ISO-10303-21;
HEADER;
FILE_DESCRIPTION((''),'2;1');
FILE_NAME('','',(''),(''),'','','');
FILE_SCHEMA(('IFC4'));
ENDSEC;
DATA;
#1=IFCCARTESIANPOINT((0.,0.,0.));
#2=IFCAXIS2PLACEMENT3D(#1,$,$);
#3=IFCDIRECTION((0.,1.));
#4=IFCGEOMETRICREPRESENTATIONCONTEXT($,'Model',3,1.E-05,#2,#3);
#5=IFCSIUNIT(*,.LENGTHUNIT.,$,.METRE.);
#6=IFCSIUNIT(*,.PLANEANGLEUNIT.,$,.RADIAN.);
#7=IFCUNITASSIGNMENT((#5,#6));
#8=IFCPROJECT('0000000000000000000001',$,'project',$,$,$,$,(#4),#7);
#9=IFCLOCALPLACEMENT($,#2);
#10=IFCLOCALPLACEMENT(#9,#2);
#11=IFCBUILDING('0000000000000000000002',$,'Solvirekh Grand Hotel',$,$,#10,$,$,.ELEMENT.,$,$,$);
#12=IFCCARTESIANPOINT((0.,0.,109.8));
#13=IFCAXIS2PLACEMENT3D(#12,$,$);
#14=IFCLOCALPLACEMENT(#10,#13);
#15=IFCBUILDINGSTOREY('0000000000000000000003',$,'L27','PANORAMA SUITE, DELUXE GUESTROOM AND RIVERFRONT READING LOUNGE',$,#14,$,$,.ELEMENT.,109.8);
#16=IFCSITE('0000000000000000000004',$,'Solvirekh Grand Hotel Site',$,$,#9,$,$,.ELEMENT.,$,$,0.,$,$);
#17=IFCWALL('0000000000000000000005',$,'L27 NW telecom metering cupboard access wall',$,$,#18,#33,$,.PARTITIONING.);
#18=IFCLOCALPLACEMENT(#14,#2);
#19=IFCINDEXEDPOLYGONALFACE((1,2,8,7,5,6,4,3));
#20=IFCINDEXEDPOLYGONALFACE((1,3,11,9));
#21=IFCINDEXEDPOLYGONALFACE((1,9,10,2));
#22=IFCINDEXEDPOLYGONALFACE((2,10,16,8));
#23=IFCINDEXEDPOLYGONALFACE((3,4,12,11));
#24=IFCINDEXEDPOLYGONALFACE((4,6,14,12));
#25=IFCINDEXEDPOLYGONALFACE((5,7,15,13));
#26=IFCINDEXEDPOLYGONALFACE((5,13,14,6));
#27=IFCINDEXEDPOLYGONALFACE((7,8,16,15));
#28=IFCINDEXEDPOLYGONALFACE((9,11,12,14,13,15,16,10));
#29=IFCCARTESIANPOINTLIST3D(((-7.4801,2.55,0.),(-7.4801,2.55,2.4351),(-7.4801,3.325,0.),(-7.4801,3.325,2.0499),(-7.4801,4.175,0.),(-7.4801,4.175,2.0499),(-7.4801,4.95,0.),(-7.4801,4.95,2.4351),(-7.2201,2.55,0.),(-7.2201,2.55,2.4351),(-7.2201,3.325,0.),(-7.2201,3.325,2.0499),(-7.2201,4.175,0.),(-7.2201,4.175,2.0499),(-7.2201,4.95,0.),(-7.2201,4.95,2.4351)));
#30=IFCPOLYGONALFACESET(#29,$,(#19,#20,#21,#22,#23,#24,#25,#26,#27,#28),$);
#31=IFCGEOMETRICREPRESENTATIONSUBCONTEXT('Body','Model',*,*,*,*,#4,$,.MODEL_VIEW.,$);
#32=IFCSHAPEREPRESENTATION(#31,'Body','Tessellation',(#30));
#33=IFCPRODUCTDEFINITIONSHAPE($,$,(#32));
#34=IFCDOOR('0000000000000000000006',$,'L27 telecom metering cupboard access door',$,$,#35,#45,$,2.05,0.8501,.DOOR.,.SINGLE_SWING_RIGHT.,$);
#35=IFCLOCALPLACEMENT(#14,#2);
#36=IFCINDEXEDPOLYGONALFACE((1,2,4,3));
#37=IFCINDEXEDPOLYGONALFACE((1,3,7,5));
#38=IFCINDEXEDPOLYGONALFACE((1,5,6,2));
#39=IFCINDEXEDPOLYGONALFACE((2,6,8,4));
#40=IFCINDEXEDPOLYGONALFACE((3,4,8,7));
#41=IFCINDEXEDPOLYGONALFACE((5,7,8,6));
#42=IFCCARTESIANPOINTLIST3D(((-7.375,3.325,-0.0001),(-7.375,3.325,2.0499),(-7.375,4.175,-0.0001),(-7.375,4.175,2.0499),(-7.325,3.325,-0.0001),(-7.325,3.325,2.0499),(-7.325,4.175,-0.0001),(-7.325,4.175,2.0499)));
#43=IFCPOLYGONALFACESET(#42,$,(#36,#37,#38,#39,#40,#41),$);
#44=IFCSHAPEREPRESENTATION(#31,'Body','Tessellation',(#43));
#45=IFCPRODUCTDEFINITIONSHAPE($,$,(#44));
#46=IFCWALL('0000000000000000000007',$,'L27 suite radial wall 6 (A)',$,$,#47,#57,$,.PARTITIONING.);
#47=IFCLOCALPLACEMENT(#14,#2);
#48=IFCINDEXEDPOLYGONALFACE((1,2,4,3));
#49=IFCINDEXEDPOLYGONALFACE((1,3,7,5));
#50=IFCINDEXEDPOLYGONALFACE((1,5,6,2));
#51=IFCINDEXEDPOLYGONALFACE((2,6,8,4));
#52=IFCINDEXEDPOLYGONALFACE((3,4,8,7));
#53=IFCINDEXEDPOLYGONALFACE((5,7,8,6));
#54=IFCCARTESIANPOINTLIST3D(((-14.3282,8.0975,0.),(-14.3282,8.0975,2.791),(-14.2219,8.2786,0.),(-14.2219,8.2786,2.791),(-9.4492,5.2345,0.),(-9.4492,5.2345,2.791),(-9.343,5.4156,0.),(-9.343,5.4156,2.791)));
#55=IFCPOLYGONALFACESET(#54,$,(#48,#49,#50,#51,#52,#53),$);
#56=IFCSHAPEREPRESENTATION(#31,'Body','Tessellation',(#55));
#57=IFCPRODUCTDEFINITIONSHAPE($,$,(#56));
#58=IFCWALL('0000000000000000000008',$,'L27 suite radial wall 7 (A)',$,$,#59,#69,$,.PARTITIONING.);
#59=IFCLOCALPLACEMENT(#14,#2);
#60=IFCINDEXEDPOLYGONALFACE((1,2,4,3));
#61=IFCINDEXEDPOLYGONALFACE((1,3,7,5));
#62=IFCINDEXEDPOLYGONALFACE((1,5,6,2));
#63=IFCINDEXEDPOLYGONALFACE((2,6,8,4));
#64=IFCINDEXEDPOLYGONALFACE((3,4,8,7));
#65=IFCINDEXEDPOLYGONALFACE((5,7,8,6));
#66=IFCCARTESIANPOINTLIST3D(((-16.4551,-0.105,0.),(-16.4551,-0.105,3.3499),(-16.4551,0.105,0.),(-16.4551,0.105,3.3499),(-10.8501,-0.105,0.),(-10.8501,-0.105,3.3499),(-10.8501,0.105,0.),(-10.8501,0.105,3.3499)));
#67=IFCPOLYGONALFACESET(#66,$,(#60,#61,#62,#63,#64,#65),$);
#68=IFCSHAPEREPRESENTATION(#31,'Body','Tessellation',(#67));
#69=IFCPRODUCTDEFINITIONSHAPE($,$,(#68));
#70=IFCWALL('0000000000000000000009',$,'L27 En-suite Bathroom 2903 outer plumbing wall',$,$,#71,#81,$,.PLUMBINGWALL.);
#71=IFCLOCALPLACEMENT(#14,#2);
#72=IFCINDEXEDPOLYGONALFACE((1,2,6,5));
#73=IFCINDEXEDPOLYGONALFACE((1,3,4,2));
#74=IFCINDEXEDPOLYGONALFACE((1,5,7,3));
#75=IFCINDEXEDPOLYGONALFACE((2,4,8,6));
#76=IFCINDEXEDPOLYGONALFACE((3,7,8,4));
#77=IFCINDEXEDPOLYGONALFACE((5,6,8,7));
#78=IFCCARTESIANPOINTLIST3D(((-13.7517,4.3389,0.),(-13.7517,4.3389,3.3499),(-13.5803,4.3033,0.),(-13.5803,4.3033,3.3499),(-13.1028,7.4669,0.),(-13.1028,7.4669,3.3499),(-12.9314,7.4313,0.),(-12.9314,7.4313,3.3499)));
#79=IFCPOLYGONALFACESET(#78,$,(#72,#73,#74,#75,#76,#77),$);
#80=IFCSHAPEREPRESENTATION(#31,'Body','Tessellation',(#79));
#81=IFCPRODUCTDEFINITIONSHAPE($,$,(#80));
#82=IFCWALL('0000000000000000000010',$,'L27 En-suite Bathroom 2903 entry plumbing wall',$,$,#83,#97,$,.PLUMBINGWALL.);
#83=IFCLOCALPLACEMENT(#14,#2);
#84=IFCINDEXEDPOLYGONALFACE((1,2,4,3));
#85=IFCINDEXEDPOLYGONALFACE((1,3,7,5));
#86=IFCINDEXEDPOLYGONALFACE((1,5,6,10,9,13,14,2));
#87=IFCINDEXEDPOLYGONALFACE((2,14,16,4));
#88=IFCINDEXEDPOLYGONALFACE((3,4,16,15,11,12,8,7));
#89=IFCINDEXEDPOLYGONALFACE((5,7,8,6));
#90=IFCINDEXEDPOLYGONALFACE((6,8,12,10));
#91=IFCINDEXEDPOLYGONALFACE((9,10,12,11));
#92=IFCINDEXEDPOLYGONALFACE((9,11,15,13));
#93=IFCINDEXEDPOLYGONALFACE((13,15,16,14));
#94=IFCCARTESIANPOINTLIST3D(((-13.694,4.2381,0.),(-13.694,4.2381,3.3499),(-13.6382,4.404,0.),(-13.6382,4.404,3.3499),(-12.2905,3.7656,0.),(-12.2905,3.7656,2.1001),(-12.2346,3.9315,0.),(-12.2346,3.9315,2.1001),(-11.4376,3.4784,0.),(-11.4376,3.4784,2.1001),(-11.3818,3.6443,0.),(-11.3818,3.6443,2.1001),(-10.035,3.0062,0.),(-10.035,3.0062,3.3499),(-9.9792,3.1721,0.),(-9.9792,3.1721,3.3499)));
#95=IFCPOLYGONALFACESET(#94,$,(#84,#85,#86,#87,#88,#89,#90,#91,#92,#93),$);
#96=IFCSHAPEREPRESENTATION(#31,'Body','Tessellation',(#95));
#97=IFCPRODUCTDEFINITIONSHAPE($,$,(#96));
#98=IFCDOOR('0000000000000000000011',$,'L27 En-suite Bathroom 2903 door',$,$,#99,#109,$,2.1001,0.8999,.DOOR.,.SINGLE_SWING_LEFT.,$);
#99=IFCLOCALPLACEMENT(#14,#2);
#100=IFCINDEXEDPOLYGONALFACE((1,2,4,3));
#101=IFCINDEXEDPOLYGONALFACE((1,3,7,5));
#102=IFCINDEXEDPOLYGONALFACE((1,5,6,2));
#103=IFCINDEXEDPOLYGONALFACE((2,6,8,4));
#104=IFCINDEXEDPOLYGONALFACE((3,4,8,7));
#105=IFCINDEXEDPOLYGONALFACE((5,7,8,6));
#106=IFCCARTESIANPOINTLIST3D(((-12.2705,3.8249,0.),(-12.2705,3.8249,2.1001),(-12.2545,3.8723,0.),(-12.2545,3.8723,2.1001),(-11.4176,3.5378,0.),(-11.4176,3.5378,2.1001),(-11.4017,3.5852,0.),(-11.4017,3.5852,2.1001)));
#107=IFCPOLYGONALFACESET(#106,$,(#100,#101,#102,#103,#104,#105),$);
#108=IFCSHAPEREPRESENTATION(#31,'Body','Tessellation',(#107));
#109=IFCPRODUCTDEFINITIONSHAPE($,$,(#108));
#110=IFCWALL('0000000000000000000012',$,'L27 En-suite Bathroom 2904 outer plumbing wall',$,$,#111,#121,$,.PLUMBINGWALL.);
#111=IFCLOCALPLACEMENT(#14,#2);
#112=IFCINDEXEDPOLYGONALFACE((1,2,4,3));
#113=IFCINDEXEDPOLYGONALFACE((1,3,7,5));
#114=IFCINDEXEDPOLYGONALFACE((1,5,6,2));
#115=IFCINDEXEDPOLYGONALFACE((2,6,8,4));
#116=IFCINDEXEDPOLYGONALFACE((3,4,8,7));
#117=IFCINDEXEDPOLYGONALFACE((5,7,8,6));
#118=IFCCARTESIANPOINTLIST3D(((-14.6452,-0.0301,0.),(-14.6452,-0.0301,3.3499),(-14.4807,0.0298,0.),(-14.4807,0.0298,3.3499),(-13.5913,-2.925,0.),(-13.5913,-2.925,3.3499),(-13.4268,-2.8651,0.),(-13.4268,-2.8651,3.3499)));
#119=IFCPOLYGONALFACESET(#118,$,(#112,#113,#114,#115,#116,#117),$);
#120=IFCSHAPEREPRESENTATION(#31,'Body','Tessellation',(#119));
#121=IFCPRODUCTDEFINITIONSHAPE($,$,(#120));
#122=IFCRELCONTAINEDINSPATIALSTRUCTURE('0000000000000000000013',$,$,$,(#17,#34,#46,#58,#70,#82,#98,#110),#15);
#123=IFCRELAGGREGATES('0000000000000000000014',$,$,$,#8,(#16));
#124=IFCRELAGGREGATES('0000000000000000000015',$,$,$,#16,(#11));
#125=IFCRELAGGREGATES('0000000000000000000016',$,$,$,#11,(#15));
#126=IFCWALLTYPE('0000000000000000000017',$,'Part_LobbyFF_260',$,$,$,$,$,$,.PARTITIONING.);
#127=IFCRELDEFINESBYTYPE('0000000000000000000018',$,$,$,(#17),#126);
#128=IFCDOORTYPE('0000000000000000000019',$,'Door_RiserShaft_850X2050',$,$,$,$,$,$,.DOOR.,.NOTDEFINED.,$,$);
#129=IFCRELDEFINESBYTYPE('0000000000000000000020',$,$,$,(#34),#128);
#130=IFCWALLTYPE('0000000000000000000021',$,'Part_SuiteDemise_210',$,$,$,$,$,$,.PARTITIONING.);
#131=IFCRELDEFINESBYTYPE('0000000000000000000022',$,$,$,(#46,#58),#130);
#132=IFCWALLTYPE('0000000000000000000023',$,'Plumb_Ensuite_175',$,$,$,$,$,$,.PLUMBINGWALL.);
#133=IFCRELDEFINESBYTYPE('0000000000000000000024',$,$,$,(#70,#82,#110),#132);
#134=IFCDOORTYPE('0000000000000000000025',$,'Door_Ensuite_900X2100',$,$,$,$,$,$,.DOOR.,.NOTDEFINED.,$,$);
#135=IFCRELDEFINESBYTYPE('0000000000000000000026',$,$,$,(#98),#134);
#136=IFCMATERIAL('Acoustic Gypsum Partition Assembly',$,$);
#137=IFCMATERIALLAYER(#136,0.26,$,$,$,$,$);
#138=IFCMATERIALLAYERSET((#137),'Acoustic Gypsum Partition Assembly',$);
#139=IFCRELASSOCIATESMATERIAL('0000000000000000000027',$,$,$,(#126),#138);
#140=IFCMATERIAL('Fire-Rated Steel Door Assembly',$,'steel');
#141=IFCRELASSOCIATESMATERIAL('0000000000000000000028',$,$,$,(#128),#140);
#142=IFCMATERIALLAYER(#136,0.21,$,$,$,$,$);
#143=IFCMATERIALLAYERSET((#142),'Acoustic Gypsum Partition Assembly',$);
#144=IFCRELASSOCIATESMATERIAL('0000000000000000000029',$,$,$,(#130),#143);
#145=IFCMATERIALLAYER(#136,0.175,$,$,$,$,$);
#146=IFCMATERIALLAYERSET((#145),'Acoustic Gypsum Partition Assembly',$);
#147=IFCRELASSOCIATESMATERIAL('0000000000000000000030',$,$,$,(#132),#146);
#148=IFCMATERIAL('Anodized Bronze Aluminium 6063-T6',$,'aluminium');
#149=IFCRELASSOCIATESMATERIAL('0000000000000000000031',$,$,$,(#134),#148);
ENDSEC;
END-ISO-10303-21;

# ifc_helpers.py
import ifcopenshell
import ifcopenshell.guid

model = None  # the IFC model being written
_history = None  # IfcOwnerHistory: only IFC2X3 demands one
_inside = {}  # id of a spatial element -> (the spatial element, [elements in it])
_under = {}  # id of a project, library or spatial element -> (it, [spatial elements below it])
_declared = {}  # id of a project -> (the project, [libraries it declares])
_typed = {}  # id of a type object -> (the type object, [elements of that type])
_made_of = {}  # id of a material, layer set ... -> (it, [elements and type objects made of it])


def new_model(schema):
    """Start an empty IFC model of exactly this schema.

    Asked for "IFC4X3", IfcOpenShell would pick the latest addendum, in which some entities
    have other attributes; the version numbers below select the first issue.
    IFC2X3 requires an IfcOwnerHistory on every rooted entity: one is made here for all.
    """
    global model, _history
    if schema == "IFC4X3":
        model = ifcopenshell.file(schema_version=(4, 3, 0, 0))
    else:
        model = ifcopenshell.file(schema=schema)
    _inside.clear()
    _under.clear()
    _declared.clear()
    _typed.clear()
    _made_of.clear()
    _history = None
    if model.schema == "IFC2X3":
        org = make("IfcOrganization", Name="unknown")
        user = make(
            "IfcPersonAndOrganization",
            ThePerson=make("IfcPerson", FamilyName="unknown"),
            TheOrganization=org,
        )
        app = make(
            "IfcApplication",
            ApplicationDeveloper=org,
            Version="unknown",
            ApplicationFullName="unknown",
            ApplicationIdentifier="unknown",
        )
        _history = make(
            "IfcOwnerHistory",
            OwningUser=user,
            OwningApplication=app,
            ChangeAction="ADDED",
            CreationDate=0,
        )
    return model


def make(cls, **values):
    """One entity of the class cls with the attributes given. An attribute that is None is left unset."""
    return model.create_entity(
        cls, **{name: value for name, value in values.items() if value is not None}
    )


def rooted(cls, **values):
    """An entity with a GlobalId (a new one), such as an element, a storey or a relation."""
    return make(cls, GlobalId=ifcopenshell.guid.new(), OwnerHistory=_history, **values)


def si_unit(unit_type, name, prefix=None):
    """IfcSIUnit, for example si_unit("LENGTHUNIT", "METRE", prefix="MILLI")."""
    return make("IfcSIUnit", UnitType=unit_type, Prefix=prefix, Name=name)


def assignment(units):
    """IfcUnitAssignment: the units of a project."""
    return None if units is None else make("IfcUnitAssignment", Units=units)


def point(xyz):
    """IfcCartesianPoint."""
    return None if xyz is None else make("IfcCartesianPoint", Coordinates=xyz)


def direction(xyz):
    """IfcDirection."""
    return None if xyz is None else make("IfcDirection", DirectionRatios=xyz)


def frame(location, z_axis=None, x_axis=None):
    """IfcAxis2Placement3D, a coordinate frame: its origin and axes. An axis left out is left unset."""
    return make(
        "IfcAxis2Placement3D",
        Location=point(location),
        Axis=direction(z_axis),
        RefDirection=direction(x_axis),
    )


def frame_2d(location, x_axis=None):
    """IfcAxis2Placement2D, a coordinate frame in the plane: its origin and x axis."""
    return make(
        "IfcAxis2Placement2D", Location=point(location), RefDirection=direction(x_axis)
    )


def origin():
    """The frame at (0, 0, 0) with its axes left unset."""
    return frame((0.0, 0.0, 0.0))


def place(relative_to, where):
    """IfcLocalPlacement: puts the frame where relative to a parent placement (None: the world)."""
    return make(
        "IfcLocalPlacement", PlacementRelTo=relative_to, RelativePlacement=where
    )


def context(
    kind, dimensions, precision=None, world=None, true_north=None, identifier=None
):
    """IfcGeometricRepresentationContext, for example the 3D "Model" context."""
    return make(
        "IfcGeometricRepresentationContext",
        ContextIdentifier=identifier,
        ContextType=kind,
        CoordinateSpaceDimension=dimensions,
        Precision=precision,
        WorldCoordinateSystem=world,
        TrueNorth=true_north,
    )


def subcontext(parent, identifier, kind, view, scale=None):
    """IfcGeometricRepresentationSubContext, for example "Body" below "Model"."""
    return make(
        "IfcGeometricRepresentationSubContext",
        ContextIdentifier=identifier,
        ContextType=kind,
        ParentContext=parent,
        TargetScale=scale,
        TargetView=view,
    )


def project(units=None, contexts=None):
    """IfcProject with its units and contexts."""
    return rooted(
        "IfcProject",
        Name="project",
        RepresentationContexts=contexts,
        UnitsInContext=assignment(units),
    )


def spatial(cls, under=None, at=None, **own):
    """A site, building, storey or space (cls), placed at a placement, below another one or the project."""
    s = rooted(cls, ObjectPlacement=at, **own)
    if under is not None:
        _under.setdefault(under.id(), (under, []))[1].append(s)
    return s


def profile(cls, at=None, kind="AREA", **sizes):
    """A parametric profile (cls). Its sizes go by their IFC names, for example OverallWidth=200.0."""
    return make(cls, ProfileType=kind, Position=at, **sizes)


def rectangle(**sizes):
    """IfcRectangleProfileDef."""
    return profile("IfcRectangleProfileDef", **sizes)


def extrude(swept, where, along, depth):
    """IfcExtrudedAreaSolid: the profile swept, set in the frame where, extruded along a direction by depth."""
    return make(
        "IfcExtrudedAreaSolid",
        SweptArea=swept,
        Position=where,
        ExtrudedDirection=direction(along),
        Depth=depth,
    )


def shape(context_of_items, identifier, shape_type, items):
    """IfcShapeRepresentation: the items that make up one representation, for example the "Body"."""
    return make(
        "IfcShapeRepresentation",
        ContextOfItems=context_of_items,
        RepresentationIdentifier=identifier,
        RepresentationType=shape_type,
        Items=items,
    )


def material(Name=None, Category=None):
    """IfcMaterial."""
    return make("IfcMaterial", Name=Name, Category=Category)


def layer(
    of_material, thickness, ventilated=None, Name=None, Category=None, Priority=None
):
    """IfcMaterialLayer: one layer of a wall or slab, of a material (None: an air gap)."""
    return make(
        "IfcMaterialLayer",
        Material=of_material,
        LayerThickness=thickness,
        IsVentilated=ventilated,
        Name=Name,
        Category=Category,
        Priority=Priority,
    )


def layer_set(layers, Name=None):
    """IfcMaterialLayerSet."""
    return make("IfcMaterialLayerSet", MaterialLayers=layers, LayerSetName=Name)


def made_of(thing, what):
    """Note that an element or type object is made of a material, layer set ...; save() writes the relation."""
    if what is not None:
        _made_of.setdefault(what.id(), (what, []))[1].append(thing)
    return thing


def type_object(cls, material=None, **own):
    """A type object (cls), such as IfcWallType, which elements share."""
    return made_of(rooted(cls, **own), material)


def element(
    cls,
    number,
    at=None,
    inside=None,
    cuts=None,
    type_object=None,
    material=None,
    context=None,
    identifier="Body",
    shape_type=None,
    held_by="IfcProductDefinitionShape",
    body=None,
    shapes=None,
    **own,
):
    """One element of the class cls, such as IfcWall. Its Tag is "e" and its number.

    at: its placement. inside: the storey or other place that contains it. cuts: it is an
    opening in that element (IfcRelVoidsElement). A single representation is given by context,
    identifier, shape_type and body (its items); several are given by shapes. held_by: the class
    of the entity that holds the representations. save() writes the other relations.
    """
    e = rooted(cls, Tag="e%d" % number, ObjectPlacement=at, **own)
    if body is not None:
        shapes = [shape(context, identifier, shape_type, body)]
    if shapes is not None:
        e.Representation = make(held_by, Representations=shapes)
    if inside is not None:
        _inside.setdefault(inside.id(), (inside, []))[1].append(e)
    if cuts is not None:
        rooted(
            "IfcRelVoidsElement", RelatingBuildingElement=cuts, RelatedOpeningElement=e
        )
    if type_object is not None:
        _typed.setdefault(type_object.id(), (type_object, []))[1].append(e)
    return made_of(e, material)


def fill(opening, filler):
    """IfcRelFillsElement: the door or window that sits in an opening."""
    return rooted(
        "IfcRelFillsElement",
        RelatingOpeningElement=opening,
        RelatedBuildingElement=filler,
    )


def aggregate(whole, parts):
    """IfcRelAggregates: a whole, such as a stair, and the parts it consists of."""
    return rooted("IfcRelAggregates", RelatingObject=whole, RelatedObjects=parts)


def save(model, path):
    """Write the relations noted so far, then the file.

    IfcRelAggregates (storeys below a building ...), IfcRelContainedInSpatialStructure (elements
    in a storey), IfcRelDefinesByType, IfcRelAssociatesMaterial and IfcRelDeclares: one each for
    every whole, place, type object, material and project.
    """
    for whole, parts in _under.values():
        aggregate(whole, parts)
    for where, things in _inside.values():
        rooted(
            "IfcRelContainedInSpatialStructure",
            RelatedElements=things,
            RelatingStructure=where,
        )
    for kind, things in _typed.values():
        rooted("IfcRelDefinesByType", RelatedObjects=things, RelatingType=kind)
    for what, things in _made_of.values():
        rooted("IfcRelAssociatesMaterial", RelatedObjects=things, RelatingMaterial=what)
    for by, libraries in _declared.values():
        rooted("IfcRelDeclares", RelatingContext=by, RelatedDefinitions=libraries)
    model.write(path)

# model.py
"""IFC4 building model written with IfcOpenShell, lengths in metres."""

from ifc_helpers import new_model, si_unit, direction, frame, frame_2d, origin, place, context, subcontext, project, spatial, rectangle, extrude, material, layer, layer_set, type_object, element, fill, save


model = new_model("IFC4")

# Units and contexts
model_context = context("Model", 3, precision=1e-05, world=origin(), true_north=direction((0.0, 1.0)))
body_context = subcontext(model_context, "Body", "Model", "MODEL_VIEW")
ifc_project = project(units=[si_unit("LENGTHUNIT", "METRE"), si_unit("PLANEANGLEUNIT", "RADIAN")], contexts=[model_context])

# Site, building, storey
site_placement = place(None, origin())
site = spatial("IfcSite", under=ifc_project, at=site_placement, Name="Solvirekh Grand Hotel Site", CompositionType="ELEMENT", RefElevation=0.0)
building_placement = place(site_placement, origin())
building = spatial("IfcBuilding", under=site, at=building_placement, Name="Solvirekh Grand Hotel", CompositionType="ELEMENT")
storey_placement = place(building_placement, frame((0.0, 0.0, 109.8)))
storey = spatial("IfcBuildingStorey", under=building, at=storey_placement, Name="L27", Description="PANORAMA SUITE, DELUXE GUESTROOM AND RIVERFRONT READING LOUNGE", CompositionType="ELEMENT", Elevation=109.8)

# Shared definitions
ifc_material_1 = material(Name="Anodized Bronze Aluminium 6063-T6", Category="aluminium")

# Shared definitions
ifc_material_2 = material(Name="Acoustic Gypsum Partition Assembly")

# Shared definitions
ifc_material_3 = material(Name="Fire-Rated Steel Door Assembly", Category="steel")

# Shared definitions
ifc_layer_1 = layer(ifc_material_2, 0.26)
ifc_layer_set_1 = layer_set([ifc_layer_1], Name="Acoustic Gypsum Partition Assembly")
wall_type_1 = type_object("IfcWallType", Name="Part_LobbyFF_260", PredefinedType="PARTITIONING", material=ifc_layer_set_1)

# Wall, opening, door
wall_1_placement = place(storey_placement, frame((-7.3501, 2.55, 0.0), z_axis=(0.0, 0.0, 1.0), x_axis=(0.0, 1.0, 0.0)))
wall_1 = element("IfcWall", 1, at=wall_1_placement, inside=storey, type_object=wall_type_1, Name="L27 NW telecom metering cupboard access wall", PredefinedType="PARTITIONING", context=body_context, shape_type="SweptSolid", body=[
    extrude(rectangle(XDim=2.3999, YDim=0.26, at=frame_2d((1.2, 0.0))), origin(), (0.0, 0.0, 1.0), 2.4351),
])
opening_1_placement = place(wall_1_placement, frame((0.7749, 0.0, 0.0)))
opening_1 = element("IfcOpeningElement", 2, at=opening_1_placement, cuts=wall_1, PredefinedType="OPENING", context=body_context, shape_type="SweptSolid", body=[
    extrude(rectangle(XDim=0.8501, YDim=2.05, at=frame_2d((0.425, 1.0249))), frame((0.0, 0.1401, 0.0), z_axis=(0.0, -1.0, 0.0), x_axis=(1.0, 0.0, 0.0)), (0.0, 0.0, 1.0), 0.28),
])
door_type_1 = type_object("IfcDoorType", Name="Door_RiserShaft_850X2050", OperationType="NOTDEFINED", PredefinedType="DOOR", material=ifc_material_3)
door_1_placement = place(opening_1_placement, origin())
door_1 = element("IfcDoor", 3, at=door_1_placement, inside=storey, type_object=door_type_1, Name="L27 telecom metering cupboard access door", OperationType="SINGLE_SWING_RIGHT", OverallHeight=2.05, OverallWidth=0.8501, PredefinedType="DOOR", context=body_context, shape_type="SweptSolid", body=[
    extrude(rectangle(XDim=0.8501, YDim=2.05, at=frame_2d((0.425, 1.0249))), frame((0.0, 0.0249, 0.0), z_axis=(0.0, -1.0, 0.0), x_axis=(1.0, 0.0, 0.0)), (0.0, 0.0, 1.0), 0.05),
])
fill(opening_1, door_1)

# Walls
ifc_layer_2 = layer(ifc_material_2, 0.21)
ifc_layer_set_2 = layer_set([ifc_layer_2], Name="Acoustic Gypsum Partition Assembly")
wall_type_2 = type_object("IfcWallType", Name="Part_SuiteDemise_210", PredefinedType="PARTITIONING", material=ifc_layer_set_2)
wall_2_placement = place(storey_placement, frame((-9.396, 5.325, 0.0), z_axis=(0.0, 0.0, 1.0), x_axis=(-0.862467, 0.506113, 0.0)))
element("IfcWall", 4, at=wall_2_placement, inside=storey, type_object=wall_type_2, Name="L27 suite radial wall 6 (A)", PredefinedType="PARTITIONING", context=body_context, shape_type="SweptSolid", body=[
    extrude(rectangle(XDim=5.657, YDim=0.21, at=frame_2d((2.8286, 0.0))), origin(), (0.0, 0.0, 1.0), 2.791),
])
wall_3_placement = place(storey_placement, frame((-10.8501, 0.0, 0.0), z_axis=(0.0, 0.0, 1.0), x_axis=(-1.0, 0.0, 0.0)))
element("IfcWall", 5, at=wall_3_placement, inside=storey, type_object=wall_type_2, Name="L27 suite radial wall 7 (A)", PredefinedType="PARTITIONING", context=body_context, shape_type="SweptSolid", body=[
    extrude(rectangle(XDim=5.605, YDim=0.21, at=frame_2d((2.8025, 0.0))), origin(), (0.0, 0.0, 1.0), 3.3499),
])
ifc_layer_3 = layer(ifc_material_2, 0.175)
ifc_layer_set_3 = layer_set([ifc_layer_3], Name="Acoustic Gypsum Partition Assembly")
wall_type_3 = type_object("IfcWallType", Name="Plumb_Ensuite_175", PredefinedType="PLUMBINGWALL", material=ifc_layer_set_3)
wall_4_placement = place(storey_placement, frame((-13.0171, 7.449, 0.0), z_axis=(0.0, 0.0, 1.0), x_axis=(-0.203136, -0.97915, 0.0)))
element("IfcWall", 6, at=wall_4_placement, inside=storey, type_object=wall_type_3, Name="L27 En-suite Bathroom 2903 outer plumbing wall", PredefinedType="PLUMBINGWALL", context=body_context, shape_type="SweptSolid", body=[
    extrude(rectangle(XDim=3.1946, YDim=0.175, at=frame_2d((1.5972, 0.0))), origin(), (0.0, 0.0, 1.0), 3.3499),
])

# Wall, opening, door
wall_5_placement = place(storey_placement, frame((-10.0071, 3.0891, 0.0), z_axis=(0.0, 0.0, 1.0), x_axis=(-0.947724, 0.319091, 0.0)))
wall_5 = element("IfcWall", 7, at=wall_5_placement, inside=storey, type_object=wall_type_3, Name="L27 En-suite Bathroom 2903 entry plumbing wall", PredefinedType="PLUMBINGWALL", context=body_context, shape_type="SweptSolid", body=[
    extrude(rectangle(XDim=3.8608, YDim=0.175, at=frame_2d((1.9304, 0.0))), origin(), (0.0, 0.0, 1.0), 3.3499),
])
opening_2_placement = place(wall_5_placement, frame((1.48, 0.0, 0.0)))
opening_2 = element("IfcOpeningElement", 8, at=opening_2_placement, cuts=wall_5, PredefinedType="OPENING", context=body_context, shape_type="SweptSolid", body=[
    extrude(rectangle(XDim=0.8999, YDim=2.1001, at=frame_2d((0.45, 1.05))), frame((0.0, 0.0977, 0.0), z_axis=(0.0, -1.0, 0.0), x_axis=(1.0, 0.0, 0.0)), (0.0, 0.0, 1.0), 0.1951),
])
door_type_2 = type_object("IfcDoorType", Name="Door_Ensuite_900X2100", OperationType="NOTDEFINED", PredefinedType="DOOR", material=ifc_material_1)
door_2_placement = place(opening_2_placement, origin())
door_2 = element("IfcDoor", 9, at=door_2_placement, inside=storey, type_object=door_type_2, Name="L27 En-suite Bathroom 2903 door", OperationType="SINGLE_SWING_LEFT", OverallHeight=2.1001, OverallWidth=0.8999, PredefinedType="DOOR", context=body_context, shape_type="SweptSolid", body=[
    extrude(rectangle(XDim=0.8999, YDim=2.1001, at=frame_2d((0.45, 1.05))), frame((0.0, 0.0249, 0.0), z_axis=(0.0, -1.0, 0.0), x_axis=(1.0, 0.0, 0.0)), (0.0, 0.0, 1.0), 0.05),
])
fill(opening_2, door_2)

# Wall
wall_6_placement = place(storey_placement, frame((-14.563, 0.0, 0.0), z_axis=(0.0, 0.0, 1.0), x_axis=(0.342093, -0.939666, 0.0)))
element("IfcWall", 10, at=wall_6_placement, inside=storey, type_object=wall_type_3, Name="L27 En-suite Bathroom 2904 outer plumbing wall", PredefinedType="PLUMBINGWALL", context=body_context, shape_type="SweptSolid", body=[
    extrude(rectangle(XDim=3.0808, YDim=0.175, at=frame_2d((1.5405, 0.0))), origin(), (0.0, 0.0, 1.0), 3.3499),
])

save(model, "model.ifc")
